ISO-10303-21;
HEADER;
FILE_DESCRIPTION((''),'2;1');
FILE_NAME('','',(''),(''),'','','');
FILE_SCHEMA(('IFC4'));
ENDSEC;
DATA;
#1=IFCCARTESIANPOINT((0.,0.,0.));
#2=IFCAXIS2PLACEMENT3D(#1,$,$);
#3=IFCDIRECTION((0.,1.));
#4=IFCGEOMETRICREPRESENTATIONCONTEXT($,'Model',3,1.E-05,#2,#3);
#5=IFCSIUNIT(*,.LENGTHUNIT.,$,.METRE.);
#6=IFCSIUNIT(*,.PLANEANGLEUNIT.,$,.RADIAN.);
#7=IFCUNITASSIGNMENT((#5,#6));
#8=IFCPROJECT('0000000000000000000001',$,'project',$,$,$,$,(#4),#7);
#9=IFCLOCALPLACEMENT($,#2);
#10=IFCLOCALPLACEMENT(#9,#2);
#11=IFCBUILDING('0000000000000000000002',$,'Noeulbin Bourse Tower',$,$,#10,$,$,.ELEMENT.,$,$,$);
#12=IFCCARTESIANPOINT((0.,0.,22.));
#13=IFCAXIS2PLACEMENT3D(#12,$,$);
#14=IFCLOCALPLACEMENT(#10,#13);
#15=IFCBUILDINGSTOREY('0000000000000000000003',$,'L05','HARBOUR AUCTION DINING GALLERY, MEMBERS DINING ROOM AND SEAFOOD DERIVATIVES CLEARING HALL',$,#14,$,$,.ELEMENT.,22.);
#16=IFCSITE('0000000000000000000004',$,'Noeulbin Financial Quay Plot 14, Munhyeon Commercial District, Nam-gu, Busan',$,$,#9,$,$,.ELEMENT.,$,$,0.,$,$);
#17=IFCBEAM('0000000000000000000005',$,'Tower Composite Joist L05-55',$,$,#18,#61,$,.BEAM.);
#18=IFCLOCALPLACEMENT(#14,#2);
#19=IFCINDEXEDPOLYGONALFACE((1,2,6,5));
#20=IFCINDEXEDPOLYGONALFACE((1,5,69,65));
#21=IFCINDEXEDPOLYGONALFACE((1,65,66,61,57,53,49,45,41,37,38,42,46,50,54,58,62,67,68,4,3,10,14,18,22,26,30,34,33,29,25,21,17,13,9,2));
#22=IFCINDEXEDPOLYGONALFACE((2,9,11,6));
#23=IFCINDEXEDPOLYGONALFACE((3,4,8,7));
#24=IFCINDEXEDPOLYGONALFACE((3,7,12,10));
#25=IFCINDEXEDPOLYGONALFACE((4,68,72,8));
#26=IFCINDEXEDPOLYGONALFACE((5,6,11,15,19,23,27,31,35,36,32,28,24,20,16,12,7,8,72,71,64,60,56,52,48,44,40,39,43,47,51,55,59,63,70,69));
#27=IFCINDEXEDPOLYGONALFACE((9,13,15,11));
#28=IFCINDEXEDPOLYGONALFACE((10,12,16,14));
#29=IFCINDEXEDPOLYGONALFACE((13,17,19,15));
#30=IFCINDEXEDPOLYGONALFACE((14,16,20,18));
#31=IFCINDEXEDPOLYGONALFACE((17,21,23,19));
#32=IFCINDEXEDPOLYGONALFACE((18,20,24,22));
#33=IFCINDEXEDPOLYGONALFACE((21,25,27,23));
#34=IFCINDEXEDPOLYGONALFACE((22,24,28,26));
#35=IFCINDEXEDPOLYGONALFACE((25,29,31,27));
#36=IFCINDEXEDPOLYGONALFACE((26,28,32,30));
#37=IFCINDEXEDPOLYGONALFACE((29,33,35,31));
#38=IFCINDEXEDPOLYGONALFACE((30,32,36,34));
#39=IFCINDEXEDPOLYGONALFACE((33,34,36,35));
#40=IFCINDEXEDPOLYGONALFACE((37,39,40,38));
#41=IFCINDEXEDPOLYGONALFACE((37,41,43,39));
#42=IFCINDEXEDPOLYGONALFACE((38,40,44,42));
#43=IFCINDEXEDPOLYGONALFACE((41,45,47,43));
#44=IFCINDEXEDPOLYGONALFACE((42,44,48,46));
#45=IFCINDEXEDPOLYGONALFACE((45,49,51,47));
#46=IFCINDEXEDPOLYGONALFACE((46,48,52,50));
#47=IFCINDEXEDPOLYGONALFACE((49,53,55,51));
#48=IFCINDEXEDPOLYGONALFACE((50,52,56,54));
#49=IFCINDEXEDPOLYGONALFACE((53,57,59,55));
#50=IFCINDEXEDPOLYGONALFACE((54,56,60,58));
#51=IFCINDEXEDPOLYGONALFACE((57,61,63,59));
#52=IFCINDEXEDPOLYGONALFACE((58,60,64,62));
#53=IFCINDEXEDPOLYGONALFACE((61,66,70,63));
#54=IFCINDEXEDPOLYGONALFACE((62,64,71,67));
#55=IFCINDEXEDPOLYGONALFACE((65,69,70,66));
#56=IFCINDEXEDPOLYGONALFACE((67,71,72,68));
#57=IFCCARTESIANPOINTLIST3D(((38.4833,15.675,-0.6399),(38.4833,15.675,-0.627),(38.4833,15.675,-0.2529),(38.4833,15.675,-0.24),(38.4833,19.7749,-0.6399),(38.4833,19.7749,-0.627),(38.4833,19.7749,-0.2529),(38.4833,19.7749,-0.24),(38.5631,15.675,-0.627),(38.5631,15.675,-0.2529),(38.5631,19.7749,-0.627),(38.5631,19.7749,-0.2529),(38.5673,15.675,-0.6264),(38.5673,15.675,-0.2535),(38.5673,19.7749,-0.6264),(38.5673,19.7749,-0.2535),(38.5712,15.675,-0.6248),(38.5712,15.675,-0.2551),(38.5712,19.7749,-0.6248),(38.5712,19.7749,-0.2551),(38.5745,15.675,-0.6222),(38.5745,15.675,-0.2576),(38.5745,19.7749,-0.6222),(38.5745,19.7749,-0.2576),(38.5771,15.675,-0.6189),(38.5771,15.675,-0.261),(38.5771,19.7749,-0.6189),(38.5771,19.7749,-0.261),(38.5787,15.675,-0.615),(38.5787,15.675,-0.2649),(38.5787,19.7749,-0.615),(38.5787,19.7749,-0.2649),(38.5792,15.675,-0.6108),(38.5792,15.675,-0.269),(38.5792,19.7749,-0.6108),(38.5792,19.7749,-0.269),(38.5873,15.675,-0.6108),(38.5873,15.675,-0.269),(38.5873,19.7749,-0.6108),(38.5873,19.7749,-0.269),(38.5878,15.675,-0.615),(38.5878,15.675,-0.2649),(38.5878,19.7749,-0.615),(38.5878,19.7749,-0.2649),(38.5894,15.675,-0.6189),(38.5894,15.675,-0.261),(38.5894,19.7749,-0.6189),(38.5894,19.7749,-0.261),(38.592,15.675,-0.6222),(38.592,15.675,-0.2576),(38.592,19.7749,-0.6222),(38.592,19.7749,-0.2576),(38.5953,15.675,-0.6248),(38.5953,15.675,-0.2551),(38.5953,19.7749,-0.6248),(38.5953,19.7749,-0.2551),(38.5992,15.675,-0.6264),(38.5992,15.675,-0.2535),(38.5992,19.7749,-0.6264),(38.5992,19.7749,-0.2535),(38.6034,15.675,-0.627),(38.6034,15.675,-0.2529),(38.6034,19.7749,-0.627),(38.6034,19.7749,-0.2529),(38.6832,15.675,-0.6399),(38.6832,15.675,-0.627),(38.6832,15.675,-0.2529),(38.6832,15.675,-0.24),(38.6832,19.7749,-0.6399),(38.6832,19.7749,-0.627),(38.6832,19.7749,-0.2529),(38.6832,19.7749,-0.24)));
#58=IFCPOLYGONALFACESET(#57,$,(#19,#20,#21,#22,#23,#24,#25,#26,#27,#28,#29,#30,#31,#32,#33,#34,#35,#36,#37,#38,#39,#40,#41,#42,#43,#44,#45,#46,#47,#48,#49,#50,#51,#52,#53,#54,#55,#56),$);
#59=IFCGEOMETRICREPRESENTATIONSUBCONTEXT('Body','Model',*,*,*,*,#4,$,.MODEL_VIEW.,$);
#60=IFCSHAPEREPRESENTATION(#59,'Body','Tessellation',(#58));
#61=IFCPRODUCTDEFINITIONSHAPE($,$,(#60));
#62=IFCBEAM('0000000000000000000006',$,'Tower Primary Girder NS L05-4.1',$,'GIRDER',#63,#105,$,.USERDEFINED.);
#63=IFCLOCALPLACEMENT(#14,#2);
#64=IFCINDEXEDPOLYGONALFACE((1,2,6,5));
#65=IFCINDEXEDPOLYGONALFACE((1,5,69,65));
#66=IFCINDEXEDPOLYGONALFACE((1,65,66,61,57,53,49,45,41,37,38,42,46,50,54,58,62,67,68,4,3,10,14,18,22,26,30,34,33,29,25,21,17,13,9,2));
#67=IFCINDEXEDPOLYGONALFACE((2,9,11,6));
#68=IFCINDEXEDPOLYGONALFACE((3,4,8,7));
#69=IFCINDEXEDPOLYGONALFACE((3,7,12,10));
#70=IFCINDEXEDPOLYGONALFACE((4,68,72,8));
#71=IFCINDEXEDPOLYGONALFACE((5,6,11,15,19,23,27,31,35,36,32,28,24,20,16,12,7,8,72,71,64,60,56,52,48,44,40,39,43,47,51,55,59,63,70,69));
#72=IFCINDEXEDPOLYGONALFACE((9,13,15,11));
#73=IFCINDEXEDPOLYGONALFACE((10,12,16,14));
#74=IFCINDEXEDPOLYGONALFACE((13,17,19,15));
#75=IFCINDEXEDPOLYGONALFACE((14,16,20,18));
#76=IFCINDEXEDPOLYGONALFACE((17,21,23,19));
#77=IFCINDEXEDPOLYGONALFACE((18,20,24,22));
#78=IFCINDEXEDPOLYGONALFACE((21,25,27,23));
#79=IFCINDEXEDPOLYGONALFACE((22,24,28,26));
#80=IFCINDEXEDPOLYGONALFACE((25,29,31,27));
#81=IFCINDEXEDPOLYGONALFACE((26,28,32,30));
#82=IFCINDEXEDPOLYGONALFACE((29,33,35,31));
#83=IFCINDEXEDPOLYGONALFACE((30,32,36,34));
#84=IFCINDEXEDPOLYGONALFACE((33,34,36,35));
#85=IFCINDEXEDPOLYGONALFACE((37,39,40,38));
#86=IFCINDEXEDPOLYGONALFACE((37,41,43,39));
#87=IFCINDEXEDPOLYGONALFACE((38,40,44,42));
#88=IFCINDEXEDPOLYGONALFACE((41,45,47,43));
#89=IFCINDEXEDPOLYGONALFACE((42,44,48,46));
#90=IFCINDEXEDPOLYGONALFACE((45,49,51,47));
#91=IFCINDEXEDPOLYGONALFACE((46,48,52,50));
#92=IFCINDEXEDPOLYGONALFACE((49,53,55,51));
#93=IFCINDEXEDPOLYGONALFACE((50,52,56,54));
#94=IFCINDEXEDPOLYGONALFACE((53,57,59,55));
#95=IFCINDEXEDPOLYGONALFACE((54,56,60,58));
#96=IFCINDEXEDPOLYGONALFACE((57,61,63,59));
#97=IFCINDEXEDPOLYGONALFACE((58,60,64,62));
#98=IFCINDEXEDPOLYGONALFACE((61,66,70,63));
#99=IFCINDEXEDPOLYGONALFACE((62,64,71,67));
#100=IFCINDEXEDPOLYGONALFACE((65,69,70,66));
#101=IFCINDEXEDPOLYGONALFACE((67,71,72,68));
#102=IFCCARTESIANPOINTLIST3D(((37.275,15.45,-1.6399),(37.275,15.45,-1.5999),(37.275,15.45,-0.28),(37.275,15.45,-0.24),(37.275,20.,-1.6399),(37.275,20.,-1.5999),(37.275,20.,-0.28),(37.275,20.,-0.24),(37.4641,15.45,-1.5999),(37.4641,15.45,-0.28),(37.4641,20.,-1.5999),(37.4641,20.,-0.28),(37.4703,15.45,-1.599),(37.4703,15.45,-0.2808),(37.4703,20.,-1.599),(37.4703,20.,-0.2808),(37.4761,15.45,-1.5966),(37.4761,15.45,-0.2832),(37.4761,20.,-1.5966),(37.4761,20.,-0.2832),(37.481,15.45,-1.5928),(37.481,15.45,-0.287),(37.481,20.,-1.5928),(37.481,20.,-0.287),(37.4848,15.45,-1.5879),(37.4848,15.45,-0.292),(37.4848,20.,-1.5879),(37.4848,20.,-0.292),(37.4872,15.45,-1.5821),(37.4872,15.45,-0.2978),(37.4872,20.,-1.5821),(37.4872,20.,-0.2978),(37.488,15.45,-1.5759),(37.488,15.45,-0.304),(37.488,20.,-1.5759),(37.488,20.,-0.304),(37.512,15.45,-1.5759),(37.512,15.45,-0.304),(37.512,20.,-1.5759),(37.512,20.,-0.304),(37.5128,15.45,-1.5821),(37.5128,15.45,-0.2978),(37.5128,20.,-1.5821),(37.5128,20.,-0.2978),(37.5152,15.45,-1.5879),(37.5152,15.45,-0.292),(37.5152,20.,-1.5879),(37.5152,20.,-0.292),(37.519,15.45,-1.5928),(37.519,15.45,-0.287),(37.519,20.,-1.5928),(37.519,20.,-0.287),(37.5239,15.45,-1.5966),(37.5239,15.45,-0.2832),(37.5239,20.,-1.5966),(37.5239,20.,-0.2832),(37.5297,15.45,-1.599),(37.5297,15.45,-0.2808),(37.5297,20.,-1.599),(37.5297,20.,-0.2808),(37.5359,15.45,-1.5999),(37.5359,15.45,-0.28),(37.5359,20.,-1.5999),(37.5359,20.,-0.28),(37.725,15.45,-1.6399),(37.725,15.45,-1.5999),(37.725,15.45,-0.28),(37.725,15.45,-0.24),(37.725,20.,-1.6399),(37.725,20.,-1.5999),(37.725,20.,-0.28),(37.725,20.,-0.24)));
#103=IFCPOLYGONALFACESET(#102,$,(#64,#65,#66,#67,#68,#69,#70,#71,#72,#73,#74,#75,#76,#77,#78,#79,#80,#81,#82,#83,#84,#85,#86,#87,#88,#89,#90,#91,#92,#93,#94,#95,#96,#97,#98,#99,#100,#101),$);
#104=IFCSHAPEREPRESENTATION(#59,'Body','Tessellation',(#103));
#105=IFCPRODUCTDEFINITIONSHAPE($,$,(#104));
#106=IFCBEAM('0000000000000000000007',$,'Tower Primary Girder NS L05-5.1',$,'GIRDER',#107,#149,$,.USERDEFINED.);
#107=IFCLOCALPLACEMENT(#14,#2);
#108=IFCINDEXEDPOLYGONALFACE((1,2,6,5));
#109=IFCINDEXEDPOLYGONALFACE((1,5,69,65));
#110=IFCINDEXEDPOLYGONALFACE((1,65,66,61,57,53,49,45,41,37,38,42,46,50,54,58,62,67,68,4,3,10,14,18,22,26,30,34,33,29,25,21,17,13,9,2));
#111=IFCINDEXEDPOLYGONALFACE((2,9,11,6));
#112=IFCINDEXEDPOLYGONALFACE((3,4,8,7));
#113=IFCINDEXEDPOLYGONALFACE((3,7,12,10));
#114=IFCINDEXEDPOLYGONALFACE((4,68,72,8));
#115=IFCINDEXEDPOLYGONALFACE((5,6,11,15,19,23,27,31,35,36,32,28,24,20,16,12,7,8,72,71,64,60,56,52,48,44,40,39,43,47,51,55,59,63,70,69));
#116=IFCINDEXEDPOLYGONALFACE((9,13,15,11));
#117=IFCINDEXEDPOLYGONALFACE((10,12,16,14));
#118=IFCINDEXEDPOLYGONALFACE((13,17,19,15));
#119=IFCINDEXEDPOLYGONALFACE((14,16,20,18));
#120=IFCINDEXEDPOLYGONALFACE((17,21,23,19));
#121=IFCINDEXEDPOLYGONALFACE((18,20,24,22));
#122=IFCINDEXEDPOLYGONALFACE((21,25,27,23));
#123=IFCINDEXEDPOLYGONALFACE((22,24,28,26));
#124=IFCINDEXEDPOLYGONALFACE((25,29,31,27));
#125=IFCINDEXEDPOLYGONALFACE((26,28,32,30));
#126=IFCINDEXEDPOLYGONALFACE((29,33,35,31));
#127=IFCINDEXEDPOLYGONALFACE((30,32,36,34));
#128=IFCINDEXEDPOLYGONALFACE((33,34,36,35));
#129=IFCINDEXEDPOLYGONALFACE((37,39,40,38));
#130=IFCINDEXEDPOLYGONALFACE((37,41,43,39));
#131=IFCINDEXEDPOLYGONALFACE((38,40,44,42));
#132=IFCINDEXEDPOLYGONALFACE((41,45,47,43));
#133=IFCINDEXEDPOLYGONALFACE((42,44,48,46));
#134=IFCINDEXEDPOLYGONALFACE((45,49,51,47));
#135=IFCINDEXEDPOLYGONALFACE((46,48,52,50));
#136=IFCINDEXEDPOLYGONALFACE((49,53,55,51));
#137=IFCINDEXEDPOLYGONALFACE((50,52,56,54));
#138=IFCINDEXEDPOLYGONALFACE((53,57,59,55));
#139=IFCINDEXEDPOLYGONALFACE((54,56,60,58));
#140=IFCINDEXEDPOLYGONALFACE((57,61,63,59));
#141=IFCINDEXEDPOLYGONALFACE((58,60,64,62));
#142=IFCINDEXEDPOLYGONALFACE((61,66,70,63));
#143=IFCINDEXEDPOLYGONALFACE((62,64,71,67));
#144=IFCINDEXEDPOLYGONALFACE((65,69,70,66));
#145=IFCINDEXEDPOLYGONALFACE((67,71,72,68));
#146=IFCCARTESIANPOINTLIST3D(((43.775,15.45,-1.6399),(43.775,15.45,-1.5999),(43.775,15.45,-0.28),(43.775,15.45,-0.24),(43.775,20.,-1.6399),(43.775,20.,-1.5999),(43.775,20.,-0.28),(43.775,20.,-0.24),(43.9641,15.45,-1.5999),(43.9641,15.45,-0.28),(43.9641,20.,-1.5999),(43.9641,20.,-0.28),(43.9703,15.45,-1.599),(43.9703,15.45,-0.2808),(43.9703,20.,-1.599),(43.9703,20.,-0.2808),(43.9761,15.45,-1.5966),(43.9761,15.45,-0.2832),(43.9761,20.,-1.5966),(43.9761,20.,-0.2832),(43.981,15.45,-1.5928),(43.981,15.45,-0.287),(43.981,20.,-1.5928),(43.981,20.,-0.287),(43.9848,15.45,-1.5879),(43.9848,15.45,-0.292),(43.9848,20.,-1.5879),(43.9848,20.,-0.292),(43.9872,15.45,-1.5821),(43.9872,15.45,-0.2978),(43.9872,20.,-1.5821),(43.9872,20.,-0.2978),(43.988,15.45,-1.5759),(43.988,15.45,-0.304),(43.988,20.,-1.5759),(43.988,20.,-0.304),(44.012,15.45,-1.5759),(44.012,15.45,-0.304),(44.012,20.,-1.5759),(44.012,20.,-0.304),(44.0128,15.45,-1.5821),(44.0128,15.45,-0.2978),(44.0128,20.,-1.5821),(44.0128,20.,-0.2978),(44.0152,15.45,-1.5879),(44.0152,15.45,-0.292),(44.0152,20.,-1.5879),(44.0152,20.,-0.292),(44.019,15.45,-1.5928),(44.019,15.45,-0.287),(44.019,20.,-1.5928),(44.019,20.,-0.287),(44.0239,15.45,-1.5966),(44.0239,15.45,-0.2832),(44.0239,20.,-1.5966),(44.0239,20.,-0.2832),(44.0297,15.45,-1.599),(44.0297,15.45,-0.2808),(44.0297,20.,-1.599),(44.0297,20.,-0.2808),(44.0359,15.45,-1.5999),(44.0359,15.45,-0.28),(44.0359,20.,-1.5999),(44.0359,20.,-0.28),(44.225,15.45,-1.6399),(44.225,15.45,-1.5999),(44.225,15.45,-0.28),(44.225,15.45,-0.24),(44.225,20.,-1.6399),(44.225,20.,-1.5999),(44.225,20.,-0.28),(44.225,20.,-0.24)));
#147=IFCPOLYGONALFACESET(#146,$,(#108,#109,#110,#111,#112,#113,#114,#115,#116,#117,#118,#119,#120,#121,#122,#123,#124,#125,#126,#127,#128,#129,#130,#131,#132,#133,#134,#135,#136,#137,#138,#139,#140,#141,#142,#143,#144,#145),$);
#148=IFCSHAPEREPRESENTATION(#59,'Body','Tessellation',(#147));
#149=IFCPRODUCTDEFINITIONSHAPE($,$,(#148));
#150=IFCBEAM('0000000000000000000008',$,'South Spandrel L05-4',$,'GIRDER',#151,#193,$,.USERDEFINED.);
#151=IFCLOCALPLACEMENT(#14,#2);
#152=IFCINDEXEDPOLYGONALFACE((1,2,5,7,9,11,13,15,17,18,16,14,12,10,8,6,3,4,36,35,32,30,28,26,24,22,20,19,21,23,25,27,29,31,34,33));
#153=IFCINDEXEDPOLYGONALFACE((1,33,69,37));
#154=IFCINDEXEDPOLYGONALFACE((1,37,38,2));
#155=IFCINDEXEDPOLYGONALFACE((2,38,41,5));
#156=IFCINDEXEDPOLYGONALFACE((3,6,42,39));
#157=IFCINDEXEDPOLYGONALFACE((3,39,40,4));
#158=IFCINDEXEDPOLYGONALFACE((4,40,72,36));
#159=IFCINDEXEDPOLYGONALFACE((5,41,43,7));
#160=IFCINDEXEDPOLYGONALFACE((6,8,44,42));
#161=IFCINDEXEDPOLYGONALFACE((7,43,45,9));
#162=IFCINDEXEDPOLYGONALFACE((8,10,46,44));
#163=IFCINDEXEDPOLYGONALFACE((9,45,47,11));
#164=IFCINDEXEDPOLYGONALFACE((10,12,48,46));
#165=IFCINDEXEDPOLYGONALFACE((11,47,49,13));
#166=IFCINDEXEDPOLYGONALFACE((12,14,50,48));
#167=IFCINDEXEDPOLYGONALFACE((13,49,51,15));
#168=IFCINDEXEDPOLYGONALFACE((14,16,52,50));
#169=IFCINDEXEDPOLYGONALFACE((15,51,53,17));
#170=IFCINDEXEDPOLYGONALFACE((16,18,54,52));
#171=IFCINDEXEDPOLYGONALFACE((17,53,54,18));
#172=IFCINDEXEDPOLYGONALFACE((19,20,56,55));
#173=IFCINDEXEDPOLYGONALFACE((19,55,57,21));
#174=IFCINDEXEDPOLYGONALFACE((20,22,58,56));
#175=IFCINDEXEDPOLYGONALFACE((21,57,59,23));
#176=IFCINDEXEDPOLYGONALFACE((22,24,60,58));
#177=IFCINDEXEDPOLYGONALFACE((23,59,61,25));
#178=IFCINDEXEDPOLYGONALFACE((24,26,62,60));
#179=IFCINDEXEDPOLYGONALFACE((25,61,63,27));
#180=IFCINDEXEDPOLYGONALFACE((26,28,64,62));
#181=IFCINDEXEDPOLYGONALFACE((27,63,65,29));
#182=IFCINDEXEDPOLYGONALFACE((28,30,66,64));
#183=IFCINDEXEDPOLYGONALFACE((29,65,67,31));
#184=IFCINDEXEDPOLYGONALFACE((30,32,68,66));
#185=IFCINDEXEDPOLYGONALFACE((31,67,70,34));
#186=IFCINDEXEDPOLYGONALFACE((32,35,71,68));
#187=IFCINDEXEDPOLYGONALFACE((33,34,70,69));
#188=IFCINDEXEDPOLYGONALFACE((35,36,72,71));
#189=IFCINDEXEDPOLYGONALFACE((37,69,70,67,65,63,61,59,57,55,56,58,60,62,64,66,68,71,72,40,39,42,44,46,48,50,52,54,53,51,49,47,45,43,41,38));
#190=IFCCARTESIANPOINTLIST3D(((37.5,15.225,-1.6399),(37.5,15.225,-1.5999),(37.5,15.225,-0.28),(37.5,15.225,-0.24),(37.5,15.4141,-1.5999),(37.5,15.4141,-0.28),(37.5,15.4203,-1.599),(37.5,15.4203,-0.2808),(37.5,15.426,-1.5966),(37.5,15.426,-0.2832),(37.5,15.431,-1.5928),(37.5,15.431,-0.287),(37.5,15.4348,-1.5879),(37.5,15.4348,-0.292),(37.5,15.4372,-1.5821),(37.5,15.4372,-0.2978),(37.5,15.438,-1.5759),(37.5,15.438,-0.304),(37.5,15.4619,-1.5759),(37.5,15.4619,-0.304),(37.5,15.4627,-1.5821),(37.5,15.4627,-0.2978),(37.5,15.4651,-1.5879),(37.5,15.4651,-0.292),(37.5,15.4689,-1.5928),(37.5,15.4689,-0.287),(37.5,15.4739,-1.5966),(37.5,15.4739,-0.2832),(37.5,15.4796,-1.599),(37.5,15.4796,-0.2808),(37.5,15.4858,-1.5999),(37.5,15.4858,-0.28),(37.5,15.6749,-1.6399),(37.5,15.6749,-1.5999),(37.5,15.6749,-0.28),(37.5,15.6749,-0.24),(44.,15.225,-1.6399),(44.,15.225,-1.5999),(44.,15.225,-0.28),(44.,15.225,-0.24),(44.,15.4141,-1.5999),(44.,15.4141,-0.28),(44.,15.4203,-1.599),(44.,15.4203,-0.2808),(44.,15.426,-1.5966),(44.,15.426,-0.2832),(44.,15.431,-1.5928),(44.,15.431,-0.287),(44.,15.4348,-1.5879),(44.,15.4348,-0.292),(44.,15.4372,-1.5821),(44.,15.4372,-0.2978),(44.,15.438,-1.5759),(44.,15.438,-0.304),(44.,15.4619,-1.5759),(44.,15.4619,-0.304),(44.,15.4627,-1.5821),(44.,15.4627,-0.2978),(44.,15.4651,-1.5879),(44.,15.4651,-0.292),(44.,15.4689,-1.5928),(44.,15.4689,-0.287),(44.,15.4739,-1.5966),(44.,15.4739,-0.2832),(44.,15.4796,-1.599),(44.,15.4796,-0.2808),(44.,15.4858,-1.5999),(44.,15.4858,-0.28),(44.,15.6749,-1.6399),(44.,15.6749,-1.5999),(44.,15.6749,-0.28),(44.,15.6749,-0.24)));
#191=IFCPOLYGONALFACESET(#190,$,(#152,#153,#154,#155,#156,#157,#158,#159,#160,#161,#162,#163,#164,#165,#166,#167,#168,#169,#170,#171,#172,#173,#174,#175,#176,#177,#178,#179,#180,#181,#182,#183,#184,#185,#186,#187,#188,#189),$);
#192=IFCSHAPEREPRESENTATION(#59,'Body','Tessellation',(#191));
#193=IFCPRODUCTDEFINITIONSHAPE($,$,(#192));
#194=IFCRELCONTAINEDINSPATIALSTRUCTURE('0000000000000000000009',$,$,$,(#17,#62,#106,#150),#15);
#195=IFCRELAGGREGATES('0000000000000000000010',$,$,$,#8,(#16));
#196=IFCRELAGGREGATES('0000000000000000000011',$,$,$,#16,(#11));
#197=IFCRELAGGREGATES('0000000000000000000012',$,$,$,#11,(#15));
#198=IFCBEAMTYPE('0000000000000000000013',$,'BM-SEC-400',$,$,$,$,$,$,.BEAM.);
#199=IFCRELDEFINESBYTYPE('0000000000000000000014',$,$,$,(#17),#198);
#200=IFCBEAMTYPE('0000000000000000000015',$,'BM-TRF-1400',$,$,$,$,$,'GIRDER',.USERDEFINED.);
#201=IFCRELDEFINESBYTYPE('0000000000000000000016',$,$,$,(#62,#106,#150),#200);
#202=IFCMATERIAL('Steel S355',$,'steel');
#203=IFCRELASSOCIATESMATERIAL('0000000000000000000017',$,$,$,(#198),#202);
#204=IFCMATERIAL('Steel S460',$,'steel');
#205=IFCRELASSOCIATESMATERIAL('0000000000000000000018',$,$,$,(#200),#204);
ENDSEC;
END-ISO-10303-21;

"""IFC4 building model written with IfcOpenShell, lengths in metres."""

from ifc_helpers import new_model, si_unit, direction, frame, origin, origin_2d, place, context, subcontext, project, spatial, i_section, extrude, material, material_profile, profile_set, type_object, element, save


model = new_model("IFC4")

# Units and contexts
model_context = context("Model", 3, precision=1e-05, world=origin(), true_north=direction((0.0, 1.0)))
body_context = subcontext(model_context, "Body", "Model", "MODEL_VIEW")
ifc_project = project(units=[si_unit("LENGTHUNIT", "METRE"), si_unit("PLANEANGLEUNIT", "RADIAN")], contexts=[model_context])

# Site, building, storey
site_placement = place(None, origin())
site = spatial("IfcSite", under=ifc_project, at=site_placement, Name="Noeulbin Financial Quay Plot 14, Munhyeon Commercial District, Nam-gu, Busan", CompositionType="ELEMENT", RefElevation=0.0)
building_placement = place(site_placement, origin())
building = spatial("IfcBuilding", under=site, at=building_placement, Name="Noeulbin Bourse Tower", CompositionType="ELEMENT")
storey_placement = place(building_placement, frame((0.0, 0.0, 22.0)))
storey = spatial("IfcBuildingStorey", under=building, at=storey_placement, Name="L05", Description="HARBOUR AUCTION DINING GALLERY, MEMBERS DINING ROOM AND SEAFOOD DERIVATIVES CLEARING HALL", CompositionType="ELEMENT", Elevation=22.0)

# Shared definitions
ifc_material_1 = material(Name="Steel S460", Category="steel")

# Beams
ifc_material_2 = material(Name="Steel S355", Category="steel")
ifc_material_profile_1 = material_profile(ifc_material_2, i_section(OverallWidth=0.2, OverallDepth=0.3999, WebThickness=0.0081, FlangeThickness=0.0129, FilletRadius=0.0161, at=origin_2d()), Name="H-400x200x8x13", Category="LoadBearing")
ifc_profile_set_1 = profile_set([ifc_material_profile_1], Name="Steel S355")
beam_type_1 = type_object("IfcBeamType", Name="BM-SEC-400", PredefinedType="BEAM", material=ifc_profile_set_1)
for number, where, z_axis, x_axis, name in (
    (1, (38.5833, 15.675, -0.4399), (0.0, 1.0, 0.0), (-1.0, 0.0, 0.0), "Tower Composite Joist L05-55"),
):
    element("IfcBeam", number, at=place(storey_placement, frame(where, z_axis=z_axis, x_axis=x_axis)), inside=storey, type_object=beam_type_1, Name=name, PredefinedType="BEAM", context=body_context, shape_type="SweptSolid", body=[
        extrude(i_section(OverallWidth=0.2, OverallDepth=0.3999, WebThickness=0.0081, FlangeThickness=0.0129, FilletRadius=0.0161, at=origin_2d()), origin(), (0.0, 0.0, 1.0), 4.0999),
    ])
ifc_material_profile_2 = material_profile(ifc_material_1, i_section(OverallWidth=0.45, OverallDepth=1.3999, WebThickness=0.0239, FlangeThickness=0.04, FilletRadius=0.0239, at=origin_2d()), Name="PG-1400x450x24x40", Category="LoadBearing")
ifc_profile_set_2 = profile_set([ifc_material_profile_2], Name="Steel S460")
beam_type_2 = type_object("IfcBeamType", Name="BM-TRF-1400", ElementType="GIRDER", PredefinedType="USERDEFINED", material=ifc_profile_set_2)
for number, where, z_axis, x_axis, name in (
    (2, (37.5, 15.45, -0.9399), (0.0, 1.0, 0.0), (-1.0, 0.0, 0.0), "Tower Primary Girder NS L05-4.1"),
    (3, (44.0, 15.45, -0.9399), (0.0, 1.0, 0.0), (-1.0, 0.0, 0.0), "Tower Primary Girder NS L05-5.1"),
):
    element("IfcBeam", number, at=place(storey_placement, frame(where, z_axis=z_axis, x_axis=x_axis)), inside=storey, type_object=beam_type_2, Name=name, ObjectType="GIRDER", PredefinedType="USERDEFINED", context=body_context, shape_type="SweptSolid", body=[
        extrude(i_section(OverallWidth=0.45, OverallDepth=1.3999, WebThickness=0.0239, FlangeThickness=0.04, FilletRadius=0.0239, at=origin_2d()), origin(), (0.0, 0.0, 1.0), 4.55),
    ])
beam_1_placement = place(storey_placement, frame((37.5, 15.45, -0.9399), z_axis=(1.0, 0.0, 0.0), x_axis=(0.0, 1.0, 0.0)))
element("IfcBeam", 4, at=beam_1_placement, inside=storey, type_object=beam_type_2, Name="South Spandrel L05-4", ObjectType="GIRDER", PredefinedType="USERDEFINED", context=body_context, shape_type="SweptSolid", body=[
    extrude(i_section(OverallWidth=0.45, OverallDepth=1.3999, WebThickness=0.0239, FlangeThickness=0.04, FilletRadius=0.0239, at=origin_2d()), origin(), (0.0, 0.0, 1.0), 6.5),
])

save(model, "model.ifc")
